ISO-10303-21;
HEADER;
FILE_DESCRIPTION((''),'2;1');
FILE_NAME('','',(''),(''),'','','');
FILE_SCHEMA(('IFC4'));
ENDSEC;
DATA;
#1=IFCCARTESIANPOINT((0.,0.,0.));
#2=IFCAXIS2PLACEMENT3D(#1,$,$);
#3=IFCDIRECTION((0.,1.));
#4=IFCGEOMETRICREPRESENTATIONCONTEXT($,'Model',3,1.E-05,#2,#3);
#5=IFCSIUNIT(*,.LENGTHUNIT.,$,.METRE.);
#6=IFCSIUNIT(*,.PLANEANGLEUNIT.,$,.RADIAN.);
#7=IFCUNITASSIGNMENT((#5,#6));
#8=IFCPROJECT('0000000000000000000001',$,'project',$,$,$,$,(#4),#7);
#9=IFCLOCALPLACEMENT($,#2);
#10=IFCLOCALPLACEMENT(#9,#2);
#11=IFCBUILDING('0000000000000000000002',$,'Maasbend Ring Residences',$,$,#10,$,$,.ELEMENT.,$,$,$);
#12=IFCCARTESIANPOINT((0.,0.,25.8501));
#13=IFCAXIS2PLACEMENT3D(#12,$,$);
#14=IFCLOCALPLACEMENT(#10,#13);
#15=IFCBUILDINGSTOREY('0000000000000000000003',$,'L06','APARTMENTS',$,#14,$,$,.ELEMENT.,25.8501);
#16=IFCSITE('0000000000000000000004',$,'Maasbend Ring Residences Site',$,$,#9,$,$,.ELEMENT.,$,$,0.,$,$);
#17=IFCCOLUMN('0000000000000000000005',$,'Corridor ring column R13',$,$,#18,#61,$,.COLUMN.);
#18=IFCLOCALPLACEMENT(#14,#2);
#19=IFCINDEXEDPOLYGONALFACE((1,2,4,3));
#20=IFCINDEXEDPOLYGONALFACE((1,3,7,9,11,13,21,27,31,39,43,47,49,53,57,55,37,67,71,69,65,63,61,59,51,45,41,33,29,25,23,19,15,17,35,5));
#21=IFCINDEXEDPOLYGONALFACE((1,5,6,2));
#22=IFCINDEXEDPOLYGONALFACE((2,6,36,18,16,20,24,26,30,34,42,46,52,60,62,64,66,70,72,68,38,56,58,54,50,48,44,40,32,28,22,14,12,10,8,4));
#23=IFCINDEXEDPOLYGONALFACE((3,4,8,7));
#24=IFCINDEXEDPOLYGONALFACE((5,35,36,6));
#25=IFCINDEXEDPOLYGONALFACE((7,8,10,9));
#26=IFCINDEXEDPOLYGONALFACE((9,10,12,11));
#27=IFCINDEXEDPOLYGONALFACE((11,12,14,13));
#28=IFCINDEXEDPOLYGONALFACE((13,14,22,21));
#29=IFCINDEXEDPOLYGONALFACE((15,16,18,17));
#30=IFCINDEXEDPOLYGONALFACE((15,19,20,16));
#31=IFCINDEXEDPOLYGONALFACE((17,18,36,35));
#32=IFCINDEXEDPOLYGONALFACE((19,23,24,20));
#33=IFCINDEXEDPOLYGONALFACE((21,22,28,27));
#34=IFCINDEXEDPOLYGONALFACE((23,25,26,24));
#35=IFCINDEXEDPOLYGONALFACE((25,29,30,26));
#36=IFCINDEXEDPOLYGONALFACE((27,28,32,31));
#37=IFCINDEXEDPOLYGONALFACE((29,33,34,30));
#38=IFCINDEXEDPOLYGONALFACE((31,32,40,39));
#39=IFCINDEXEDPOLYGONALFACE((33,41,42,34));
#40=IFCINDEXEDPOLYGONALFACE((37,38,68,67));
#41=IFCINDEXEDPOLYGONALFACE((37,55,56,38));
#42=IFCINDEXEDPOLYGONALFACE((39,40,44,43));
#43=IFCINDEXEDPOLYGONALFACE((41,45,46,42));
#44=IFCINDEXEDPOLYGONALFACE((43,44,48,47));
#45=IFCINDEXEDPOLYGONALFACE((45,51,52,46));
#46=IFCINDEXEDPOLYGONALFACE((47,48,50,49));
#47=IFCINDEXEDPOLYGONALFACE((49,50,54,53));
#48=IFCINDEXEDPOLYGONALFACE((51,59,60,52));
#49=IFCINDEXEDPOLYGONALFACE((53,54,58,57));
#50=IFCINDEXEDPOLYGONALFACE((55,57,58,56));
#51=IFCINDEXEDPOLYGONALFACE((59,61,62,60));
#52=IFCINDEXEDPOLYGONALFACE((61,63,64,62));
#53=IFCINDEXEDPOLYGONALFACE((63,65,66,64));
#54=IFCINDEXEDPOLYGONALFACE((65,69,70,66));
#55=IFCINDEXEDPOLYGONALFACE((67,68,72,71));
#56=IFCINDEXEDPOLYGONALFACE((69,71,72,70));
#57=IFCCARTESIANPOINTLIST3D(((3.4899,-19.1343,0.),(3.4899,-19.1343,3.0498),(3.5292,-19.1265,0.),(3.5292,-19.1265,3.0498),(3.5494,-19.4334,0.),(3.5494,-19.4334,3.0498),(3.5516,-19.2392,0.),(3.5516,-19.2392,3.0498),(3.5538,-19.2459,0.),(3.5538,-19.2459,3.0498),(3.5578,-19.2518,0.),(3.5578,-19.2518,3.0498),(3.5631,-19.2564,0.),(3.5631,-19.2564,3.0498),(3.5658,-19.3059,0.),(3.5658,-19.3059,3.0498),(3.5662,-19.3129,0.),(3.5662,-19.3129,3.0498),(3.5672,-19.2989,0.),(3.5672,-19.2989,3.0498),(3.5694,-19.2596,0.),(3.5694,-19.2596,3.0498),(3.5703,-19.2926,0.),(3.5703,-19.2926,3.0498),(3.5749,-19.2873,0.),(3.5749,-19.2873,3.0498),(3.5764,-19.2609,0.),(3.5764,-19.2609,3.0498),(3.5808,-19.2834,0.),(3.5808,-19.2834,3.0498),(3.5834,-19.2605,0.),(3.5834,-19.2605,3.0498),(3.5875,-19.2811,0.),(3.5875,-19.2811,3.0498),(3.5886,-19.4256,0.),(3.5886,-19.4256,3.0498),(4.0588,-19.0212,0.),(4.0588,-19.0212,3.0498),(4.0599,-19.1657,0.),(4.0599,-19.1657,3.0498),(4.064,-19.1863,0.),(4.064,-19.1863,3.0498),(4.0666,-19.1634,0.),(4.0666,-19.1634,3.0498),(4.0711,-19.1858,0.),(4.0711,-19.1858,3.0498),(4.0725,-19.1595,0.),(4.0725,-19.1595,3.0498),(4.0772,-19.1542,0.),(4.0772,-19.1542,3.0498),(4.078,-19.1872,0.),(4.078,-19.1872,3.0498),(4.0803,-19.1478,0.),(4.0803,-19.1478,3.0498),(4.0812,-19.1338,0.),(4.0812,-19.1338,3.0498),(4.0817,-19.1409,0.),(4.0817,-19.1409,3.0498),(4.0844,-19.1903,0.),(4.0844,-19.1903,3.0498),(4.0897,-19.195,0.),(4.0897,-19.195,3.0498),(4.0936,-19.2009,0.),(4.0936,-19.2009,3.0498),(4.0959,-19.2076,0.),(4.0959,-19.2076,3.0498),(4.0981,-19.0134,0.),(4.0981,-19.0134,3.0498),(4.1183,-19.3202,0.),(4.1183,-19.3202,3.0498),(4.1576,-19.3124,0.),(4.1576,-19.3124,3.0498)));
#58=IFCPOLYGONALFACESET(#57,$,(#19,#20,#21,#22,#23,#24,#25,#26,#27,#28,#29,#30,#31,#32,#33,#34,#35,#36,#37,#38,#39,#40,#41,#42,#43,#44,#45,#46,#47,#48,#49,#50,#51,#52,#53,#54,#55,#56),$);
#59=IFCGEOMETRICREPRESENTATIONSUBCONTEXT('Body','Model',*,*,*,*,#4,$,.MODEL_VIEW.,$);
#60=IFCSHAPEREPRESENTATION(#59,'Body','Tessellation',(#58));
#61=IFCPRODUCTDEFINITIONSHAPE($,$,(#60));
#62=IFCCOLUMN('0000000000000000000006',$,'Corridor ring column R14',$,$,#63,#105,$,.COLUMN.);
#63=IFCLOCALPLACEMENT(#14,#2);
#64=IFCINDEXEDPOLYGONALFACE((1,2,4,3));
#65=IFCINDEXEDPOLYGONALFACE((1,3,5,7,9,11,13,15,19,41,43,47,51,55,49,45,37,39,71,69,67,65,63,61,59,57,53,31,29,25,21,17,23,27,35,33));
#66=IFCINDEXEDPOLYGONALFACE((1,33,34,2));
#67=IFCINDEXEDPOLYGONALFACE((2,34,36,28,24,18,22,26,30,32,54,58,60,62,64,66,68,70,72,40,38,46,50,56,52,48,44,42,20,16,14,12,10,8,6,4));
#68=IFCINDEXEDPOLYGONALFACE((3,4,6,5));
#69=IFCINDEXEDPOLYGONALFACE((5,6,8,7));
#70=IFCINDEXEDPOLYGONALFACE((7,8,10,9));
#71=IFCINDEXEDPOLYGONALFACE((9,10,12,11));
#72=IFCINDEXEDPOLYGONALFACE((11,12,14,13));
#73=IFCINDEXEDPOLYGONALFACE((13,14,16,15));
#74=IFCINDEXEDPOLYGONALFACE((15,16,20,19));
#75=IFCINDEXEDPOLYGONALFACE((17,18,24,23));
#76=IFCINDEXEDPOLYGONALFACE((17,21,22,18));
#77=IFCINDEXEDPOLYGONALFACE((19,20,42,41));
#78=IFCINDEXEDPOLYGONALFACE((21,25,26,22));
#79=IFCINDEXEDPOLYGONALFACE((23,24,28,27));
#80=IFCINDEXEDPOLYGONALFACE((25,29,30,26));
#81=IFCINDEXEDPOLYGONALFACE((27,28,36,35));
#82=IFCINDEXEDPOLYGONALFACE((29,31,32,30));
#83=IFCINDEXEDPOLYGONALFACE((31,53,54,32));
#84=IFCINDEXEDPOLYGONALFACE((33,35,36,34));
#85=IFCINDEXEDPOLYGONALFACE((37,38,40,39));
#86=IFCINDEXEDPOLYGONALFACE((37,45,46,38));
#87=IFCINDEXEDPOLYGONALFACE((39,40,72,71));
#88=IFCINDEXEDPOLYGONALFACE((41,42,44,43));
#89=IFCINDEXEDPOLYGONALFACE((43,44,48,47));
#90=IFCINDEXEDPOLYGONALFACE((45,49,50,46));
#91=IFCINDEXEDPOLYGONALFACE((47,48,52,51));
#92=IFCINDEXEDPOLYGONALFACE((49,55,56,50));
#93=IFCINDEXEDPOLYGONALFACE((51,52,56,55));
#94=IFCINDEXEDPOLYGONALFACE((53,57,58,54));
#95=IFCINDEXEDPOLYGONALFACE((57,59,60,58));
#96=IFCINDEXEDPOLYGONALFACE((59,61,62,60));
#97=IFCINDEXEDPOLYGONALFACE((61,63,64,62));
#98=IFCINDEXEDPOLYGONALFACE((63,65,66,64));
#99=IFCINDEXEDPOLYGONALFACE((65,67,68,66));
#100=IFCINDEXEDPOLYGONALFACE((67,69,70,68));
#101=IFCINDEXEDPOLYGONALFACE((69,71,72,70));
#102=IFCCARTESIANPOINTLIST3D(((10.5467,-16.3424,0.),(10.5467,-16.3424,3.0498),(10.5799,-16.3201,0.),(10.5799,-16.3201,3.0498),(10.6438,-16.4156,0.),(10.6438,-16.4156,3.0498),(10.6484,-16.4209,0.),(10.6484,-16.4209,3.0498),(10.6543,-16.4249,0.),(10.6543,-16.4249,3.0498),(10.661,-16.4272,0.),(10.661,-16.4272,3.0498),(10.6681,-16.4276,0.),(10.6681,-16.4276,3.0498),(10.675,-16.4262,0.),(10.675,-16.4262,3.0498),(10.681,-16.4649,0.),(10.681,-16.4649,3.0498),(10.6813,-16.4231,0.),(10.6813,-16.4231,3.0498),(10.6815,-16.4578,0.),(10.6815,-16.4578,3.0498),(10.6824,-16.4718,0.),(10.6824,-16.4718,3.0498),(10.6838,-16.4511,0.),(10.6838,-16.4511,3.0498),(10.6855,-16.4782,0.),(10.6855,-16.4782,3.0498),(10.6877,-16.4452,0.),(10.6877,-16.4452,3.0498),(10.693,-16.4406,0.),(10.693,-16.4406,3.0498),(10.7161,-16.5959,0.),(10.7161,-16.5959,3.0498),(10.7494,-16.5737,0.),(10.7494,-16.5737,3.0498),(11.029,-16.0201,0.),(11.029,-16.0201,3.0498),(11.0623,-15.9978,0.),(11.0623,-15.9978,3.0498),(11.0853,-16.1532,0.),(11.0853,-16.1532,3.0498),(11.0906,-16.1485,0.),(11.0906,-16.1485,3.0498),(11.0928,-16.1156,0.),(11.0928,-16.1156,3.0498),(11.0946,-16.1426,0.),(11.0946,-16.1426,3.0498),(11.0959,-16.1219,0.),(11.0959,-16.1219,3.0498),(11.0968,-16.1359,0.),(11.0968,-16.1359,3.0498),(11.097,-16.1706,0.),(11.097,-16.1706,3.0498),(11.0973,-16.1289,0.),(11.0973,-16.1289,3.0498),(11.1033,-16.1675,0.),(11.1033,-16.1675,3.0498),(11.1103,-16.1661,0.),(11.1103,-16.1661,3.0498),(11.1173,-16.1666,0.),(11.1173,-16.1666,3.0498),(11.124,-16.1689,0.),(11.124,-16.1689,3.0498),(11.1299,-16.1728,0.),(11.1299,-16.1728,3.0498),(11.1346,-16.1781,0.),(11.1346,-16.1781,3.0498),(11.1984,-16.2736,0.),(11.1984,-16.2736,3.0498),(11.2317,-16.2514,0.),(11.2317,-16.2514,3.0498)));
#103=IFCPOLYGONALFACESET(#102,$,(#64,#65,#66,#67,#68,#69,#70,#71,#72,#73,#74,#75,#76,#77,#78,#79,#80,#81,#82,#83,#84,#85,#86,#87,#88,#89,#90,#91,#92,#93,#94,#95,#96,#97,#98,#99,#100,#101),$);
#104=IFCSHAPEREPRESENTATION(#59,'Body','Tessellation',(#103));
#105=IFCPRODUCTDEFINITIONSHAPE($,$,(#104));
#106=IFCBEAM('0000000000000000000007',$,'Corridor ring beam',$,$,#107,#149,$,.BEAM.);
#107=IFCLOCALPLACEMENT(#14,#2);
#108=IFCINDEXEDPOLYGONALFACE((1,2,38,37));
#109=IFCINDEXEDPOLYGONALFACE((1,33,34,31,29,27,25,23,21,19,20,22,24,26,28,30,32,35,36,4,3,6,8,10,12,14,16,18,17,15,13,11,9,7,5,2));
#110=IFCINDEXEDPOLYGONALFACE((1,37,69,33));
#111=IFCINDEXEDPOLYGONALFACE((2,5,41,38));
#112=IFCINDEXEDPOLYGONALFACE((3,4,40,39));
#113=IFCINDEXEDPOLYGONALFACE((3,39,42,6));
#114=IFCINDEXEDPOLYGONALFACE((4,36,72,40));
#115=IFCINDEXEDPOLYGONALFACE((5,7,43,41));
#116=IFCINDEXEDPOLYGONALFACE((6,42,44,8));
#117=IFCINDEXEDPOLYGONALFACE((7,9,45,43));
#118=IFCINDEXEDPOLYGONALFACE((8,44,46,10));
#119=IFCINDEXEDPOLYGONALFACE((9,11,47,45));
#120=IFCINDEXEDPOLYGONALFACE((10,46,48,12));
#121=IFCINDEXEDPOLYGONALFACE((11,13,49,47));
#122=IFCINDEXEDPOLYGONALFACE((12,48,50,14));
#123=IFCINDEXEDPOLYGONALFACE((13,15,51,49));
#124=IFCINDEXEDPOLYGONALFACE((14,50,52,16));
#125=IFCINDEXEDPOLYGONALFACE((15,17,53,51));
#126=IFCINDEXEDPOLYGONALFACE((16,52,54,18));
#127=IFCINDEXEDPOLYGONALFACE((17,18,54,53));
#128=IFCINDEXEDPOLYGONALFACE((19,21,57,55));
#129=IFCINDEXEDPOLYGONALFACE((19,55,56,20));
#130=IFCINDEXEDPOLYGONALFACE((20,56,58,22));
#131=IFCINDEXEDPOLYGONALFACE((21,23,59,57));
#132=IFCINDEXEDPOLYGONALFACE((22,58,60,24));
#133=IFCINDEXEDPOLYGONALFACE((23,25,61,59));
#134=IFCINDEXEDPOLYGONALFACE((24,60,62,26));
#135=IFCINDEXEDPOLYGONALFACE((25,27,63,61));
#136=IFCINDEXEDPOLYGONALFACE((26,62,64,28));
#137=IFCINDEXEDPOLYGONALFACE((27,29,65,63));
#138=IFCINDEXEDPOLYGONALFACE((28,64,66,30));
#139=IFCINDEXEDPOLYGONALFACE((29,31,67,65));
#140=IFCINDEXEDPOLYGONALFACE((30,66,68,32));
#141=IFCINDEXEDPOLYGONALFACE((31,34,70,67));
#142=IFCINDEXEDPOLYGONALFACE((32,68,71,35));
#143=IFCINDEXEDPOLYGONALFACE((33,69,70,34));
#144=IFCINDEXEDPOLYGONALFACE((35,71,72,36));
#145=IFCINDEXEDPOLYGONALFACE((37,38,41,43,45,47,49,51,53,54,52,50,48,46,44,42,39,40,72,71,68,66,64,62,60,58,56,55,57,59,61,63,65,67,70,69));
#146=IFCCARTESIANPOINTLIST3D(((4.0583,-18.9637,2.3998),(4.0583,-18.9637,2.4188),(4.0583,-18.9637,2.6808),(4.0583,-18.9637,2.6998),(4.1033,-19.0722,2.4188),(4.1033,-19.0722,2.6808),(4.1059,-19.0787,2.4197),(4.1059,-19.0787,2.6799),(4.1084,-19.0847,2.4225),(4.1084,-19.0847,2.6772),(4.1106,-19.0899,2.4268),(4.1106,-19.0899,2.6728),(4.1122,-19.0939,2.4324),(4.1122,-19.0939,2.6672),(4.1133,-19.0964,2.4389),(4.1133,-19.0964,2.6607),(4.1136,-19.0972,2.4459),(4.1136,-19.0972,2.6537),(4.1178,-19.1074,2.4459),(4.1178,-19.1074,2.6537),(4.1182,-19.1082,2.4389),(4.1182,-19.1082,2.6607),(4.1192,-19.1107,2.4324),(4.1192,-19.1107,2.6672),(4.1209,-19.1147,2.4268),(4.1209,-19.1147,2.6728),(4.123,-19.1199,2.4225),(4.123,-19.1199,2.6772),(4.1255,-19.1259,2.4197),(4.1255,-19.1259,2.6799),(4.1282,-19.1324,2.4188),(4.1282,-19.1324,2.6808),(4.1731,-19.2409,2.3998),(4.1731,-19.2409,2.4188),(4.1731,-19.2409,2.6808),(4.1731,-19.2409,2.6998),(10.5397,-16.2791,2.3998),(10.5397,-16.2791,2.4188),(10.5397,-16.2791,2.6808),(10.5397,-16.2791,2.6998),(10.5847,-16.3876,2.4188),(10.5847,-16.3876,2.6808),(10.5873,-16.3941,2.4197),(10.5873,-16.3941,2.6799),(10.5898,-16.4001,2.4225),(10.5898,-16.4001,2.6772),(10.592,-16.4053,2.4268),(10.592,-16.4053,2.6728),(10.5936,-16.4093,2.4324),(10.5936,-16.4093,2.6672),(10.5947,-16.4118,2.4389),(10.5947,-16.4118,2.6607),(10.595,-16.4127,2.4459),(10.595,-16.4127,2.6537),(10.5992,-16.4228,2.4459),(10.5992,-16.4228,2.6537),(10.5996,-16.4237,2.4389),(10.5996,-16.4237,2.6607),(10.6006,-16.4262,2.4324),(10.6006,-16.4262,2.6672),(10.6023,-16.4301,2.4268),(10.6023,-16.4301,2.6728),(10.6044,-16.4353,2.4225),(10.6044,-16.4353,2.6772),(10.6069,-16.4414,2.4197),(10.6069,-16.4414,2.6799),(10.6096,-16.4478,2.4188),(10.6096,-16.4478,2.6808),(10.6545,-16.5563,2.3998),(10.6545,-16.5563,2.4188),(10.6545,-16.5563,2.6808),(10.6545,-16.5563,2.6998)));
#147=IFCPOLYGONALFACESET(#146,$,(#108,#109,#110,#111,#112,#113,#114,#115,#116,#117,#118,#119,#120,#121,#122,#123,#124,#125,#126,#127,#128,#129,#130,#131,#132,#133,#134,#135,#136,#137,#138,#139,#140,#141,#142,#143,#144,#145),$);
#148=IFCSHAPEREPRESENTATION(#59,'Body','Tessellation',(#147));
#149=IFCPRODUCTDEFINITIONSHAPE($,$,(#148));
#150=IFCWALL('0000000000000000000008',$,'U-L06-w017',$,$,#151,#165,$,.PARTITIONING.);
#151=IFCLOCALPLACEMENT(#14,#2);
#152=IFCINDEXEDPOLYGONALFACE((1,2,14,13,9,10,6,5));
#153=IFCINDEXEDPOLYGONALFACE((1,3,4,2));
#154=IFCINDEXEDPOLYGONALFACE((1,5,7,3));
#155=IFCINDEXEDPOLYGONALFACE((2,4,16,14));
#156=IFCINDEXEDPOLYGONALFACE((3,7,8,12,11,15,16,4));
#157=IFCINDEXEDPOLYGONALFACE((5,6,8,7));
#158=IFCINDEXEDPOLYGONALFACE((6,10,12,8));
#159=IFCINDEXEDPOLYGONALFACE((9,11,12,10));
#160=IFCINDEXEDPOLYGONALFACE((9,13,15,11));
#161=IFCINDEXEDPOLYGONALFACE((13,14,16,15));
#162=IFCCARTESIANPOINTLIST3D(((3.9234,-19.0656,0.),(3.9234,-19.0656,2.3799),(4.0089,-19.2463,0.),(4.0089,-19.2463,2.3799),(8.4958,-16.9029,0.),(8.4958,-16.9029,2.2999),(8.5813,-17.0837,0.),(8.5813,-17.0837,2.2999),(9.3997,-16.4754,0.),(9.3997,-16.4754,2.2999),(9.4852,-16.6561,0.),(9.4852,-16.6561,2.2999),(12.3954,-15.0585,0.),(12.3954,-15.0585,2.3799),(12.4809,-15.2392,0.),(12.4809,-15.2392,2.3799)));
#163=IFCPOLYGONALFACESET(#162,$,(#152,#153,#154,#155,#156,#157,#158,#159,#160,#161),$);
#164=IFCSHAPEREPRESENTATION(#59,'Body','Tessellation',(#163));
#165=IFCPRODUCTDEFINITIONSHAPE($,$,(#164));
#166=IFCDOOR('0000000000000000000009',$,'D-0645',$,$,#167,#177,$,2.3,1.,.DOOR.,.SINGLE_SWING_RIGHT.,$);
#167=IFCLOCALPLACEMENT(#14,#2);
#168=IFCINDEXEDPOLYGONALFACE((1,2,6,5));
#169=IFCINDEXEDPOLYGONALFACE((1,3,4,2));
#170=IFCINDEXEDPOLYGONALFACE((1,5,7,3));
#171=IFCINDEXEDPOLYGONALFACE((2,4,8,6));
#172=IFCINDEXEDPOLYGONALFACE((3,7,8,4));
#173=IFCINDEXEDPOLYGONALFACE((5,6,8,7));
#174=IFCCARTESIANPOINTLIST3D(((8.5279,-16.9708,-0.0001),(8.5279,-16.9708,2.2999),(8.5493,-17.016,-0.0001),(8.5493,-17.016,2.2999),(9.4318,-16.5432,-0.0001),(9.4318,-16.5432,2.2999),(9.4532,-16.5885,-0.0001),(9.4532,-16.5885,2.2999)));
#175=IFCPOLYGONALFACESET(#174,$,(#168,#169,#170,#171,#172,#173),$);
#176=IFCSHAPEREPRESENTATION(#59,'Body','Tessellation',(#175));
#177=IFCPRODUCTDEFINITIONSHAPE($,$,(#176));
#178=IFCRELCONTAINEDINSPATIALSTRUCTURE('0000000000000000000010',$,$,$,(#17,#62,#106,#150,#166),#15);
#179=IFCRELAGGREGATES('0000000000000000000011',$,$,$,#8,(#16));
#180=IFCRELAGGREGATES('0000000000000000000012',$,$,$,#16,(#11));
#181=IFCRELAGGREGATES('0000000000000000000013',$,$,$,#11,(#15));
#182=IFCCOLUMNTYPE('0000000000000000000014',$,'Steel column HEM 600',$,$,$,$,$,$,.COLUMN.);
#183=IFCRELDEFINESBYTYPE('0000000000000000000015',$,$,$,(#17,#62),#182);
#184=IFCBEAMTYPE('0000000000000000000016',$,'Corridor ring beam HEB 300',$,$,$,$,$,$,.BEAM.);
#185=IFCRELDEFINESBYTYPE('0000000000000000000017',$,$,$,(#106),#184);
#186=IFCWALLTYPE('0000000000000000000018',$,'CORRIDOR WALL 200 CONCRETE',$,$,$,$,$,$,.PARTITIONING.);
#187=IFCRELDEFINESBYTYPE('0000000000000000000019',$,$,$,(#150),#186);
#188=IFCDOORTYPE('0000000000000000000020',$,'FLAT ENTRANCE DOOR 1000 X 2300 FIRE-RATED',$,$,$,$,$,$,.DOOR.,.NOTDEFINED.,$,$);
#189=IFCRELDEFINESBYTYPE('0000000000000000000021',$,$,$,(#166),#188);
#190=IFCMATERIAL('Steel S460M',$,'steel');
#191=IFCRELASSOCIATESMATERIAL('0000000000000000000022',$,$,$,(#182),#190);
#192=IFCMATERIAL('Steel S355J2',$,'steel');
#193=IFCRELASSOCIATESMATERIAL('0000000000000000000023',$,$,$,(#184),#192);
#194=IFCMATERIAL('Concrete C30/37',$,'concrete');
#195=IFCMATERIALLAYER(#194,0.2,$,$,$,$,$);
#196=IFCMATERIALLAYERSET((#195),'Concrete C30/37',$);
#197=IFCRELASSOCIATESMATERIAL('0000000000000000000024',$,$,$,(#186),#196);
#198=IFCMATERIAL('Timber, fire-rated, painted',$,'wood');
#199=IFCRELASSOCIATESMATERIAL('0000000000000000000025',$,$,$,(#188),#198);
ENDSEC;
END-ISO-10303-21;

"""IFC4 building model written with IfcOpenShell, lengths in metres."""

from ifc_helpers import new_model, si_unit, direction, frame, frame_2d, origin, origin_2d, place, context, subcontext, project, spatial, rectangle, i_section, extrude, material, layer, layer_set, material_profile, profile_set, type_object, element, fill, save


model = new_model("IFC4")

# Units and contexts
model_context = context("Model", 3, precision=1e-05, world=origin(), true_north=direction((0.0, 1.0)))
body_context = subcontext(model_context, "Body", "Model", "MODEL_VIEW")
ifc_project = project(units=[si_unit("LENGTHUNIT", "METRE"), si_unit("PLANEANGLEUNIT", "RADIAN")], contexts=[model_context])

# Site, building, storey
site_placement = place(None, origin())
site = spatial("IfcSite", under=ifc_project, at=site_placement, Name="Maasbend Ring Residences Site", CompositionType="ELEMENT", RefElevation=0.0)
building_placement = place(site_placement, origin())
building = spatial("IfcBuilding", under=site, at=building_placement, Name="Maasbend Ring Residences", CompositionType="ELEMENT")
storey_placement = place(building_placement, frame((0.0, 0.0, 25.8501)))
storey = spatial("IfcBuildingStorey", under=building, at=storey_placement, Name="L06", Description="APARTMENTS", CompositionType="ELEMENT", Elevation=25.8501)

# Columns
ifc_material_1 = material(Name="Steel S460M", Category="steel")
ifc_material_profile_1 = material_profile(ifc_material_1, i_section(OverallWidth=0.3049, OverallDepth=0.6201, WebThickness=0.021, FlangeThickness=0.04, FilletRadius=0.0271, at=origin_2d()), Name="HEM 600")
ifc_profile_set_1 = profile_set([ifc_material_profile_1], Name="Steel S460M")
column_type = type_object("IfcColumnType", Name="Steel column HEM 600", PredefinedType="COLUMN", material=ifc_profile_set_1)
for number, where, z_axis, x_axis, name in (
    (1, (3.8237, -19.2234, 0.0), (0.0, 0.0, 1.0), (0.19509, -0.980785, 0.0), "Corridor ring column R13"),
    (2, (10.8892, -16.2969, 0.0), (0.0, 0.0, 1.0), (0.55557, -0.83147, 0.0), "Corridor ring column R14"),
):
    element("IfcColumn", number, at=place(storey_placement, frame(where, z_axis=z_axis, x_axis=x_axis)), inside=storey, type_object=column_type, Name=name, PredefinedType="COLUMN", context=body_context, shape_type="SweptSolid", body=[
        extrude(i_section(OverallWidth=0.3049, OverallDepth=0.6201, WebThickness=0.021, FlangeThickness=0.04, FilletRadius=0.0271, at=origin_2d()), origin(), (0.0, 0.0, 1.0), 3.0498),
    ])

# Beam
ifc_material_2 = material(Name="Steel S355J2", Category="steel")
ifc_material_profile_2 = material_profile(ifc_material_2, i_section(OverallWidth=0.3, OverallDepth=0.3, WebThickness=0.011, FlangeThickness=0.019, FilletRadius=0.0271, at=origin_2d()), Name="HEB 300")
ifc_profile_set_2 = profile_set([ifc_material_profile_2], Name="Steel S355J2")
beam_type = type_object("IfcBeamType", Name="Corridor ring beam HEB 300", PredefinedType="BEAM", material=ifc_profile_set_2)
beam_placement = place(storey_placement, frame((4.1157, -19.1023, 2.5498), z_axis=(0.923886, 0.382667, 0.0), x_axis=(-0.382667, 0.923886, 0.0)))
element("IfcBeam", 3, at=beam_placement, inside=storey, type_object=beam_type, Name="Corridor ring beam", PredefinedType="BEAM", context=body_context, shape_type="SweptSolid", body=[
    extrude(i_section(OverallWidth=0.3, OverallDepth=0.3, WebThickness=0.011, FlangeThickness=0.019, FilletRadius=0.0271, at=origin_2d()), origin(), (0.0, 0.0, 1.0), 7.0154),
])

# Wall, opening, door
ifc_material_3 = material(Name="Concrete C30/37", Category="concrete")
ifc_layer_1 = layer(ifc_material_3, 0.2)
ifc_layer_set_1 = layer_set([ifc_layer_1], Name="Concrete C30/37")
wall_type_1 = type_object("IfcWallType", Name="CORRIDOR WALL 200 CONCRETE", PredefinedType="PARTITIONING", material=ifc_layer_set_1)
wall_1_placement = place(storey_placement, frame((3.9661, -19.156, 0.0), z_axis=(0.0, 0.0, 1.0), x_axis=(0.903983, 0.427569, 0.0)))
wall_1 = element("IfcWall", 4, at=wall_1_placement, inside=storey, type_object=wall_type_1, Name="U-L06-w017", PredefinedType="PARTITIONING", context=body_context, shape_type="SweptSolid", body=[
    extrude(rectangle(XDim=9.3718, YDim=0.2, at=frame_2d((4.686, 0.0))), origin(), (0.0, 0.0, 1.0), 2.3799),
])
opening_1_placement = place(wall_1_placement, frame((5.0581, 0.0, 0.0)))
opening_1 = element("IfcOpeningElement", 5, at=opening_1_placement, cuts=wall_1, PredefinedType="OPENING", context=body_context, shape_type="SweptSolid", body=[
    extrude(rectangle(XDim=1.0, YDim=2.3, at=frame_2d((0.5, 1.1499))), frame((0.0, 0.1099, 0.0), z_axis=(0.0, -1.0, 0.0), x_axis=(1.0, 0.0, 0.0)), (0.0, 0.0, 1.0), 0.22),
])
ifc_material_4 = material(Name="Timber, fire-rated, painted", Category="wood")
door_type_1 = type_object("IfcDoorType", Name="FLAT ENTRANCE DOOR 1000 X 2300 FIRE-RATED", OperationType="NOTDEFINED", PredefinedType="DOOR", material=ifc_material_4)
door_1_placement = place(opening_1_placement, origin())
door_1 = element("IfcDoor", 6, at=door_1_placement, inside=storey, type_object=door_type_1, Name="D-0645", OperationType="SINGLE_SWING_RIGHT", OverallHeight=2.3, OverallWidth=1.0, PredefinedType="DOOR", context=body_context, shape_type="SweptSolid", body=[
    extrude(rectangle(XDim=1.0, YDim=2.3, at=frame_2d((0.5, 1.1499))), frame((0.0, 0.0249, 0.0), z_axis=(0.0, -1.0, 0.0), x_axis=(1.0, 0.0, 0.0)), (0.0, 0.0, 1.0), 0.05),
])
fill(opening_1, door_1)

save(model, "model.ifc")
